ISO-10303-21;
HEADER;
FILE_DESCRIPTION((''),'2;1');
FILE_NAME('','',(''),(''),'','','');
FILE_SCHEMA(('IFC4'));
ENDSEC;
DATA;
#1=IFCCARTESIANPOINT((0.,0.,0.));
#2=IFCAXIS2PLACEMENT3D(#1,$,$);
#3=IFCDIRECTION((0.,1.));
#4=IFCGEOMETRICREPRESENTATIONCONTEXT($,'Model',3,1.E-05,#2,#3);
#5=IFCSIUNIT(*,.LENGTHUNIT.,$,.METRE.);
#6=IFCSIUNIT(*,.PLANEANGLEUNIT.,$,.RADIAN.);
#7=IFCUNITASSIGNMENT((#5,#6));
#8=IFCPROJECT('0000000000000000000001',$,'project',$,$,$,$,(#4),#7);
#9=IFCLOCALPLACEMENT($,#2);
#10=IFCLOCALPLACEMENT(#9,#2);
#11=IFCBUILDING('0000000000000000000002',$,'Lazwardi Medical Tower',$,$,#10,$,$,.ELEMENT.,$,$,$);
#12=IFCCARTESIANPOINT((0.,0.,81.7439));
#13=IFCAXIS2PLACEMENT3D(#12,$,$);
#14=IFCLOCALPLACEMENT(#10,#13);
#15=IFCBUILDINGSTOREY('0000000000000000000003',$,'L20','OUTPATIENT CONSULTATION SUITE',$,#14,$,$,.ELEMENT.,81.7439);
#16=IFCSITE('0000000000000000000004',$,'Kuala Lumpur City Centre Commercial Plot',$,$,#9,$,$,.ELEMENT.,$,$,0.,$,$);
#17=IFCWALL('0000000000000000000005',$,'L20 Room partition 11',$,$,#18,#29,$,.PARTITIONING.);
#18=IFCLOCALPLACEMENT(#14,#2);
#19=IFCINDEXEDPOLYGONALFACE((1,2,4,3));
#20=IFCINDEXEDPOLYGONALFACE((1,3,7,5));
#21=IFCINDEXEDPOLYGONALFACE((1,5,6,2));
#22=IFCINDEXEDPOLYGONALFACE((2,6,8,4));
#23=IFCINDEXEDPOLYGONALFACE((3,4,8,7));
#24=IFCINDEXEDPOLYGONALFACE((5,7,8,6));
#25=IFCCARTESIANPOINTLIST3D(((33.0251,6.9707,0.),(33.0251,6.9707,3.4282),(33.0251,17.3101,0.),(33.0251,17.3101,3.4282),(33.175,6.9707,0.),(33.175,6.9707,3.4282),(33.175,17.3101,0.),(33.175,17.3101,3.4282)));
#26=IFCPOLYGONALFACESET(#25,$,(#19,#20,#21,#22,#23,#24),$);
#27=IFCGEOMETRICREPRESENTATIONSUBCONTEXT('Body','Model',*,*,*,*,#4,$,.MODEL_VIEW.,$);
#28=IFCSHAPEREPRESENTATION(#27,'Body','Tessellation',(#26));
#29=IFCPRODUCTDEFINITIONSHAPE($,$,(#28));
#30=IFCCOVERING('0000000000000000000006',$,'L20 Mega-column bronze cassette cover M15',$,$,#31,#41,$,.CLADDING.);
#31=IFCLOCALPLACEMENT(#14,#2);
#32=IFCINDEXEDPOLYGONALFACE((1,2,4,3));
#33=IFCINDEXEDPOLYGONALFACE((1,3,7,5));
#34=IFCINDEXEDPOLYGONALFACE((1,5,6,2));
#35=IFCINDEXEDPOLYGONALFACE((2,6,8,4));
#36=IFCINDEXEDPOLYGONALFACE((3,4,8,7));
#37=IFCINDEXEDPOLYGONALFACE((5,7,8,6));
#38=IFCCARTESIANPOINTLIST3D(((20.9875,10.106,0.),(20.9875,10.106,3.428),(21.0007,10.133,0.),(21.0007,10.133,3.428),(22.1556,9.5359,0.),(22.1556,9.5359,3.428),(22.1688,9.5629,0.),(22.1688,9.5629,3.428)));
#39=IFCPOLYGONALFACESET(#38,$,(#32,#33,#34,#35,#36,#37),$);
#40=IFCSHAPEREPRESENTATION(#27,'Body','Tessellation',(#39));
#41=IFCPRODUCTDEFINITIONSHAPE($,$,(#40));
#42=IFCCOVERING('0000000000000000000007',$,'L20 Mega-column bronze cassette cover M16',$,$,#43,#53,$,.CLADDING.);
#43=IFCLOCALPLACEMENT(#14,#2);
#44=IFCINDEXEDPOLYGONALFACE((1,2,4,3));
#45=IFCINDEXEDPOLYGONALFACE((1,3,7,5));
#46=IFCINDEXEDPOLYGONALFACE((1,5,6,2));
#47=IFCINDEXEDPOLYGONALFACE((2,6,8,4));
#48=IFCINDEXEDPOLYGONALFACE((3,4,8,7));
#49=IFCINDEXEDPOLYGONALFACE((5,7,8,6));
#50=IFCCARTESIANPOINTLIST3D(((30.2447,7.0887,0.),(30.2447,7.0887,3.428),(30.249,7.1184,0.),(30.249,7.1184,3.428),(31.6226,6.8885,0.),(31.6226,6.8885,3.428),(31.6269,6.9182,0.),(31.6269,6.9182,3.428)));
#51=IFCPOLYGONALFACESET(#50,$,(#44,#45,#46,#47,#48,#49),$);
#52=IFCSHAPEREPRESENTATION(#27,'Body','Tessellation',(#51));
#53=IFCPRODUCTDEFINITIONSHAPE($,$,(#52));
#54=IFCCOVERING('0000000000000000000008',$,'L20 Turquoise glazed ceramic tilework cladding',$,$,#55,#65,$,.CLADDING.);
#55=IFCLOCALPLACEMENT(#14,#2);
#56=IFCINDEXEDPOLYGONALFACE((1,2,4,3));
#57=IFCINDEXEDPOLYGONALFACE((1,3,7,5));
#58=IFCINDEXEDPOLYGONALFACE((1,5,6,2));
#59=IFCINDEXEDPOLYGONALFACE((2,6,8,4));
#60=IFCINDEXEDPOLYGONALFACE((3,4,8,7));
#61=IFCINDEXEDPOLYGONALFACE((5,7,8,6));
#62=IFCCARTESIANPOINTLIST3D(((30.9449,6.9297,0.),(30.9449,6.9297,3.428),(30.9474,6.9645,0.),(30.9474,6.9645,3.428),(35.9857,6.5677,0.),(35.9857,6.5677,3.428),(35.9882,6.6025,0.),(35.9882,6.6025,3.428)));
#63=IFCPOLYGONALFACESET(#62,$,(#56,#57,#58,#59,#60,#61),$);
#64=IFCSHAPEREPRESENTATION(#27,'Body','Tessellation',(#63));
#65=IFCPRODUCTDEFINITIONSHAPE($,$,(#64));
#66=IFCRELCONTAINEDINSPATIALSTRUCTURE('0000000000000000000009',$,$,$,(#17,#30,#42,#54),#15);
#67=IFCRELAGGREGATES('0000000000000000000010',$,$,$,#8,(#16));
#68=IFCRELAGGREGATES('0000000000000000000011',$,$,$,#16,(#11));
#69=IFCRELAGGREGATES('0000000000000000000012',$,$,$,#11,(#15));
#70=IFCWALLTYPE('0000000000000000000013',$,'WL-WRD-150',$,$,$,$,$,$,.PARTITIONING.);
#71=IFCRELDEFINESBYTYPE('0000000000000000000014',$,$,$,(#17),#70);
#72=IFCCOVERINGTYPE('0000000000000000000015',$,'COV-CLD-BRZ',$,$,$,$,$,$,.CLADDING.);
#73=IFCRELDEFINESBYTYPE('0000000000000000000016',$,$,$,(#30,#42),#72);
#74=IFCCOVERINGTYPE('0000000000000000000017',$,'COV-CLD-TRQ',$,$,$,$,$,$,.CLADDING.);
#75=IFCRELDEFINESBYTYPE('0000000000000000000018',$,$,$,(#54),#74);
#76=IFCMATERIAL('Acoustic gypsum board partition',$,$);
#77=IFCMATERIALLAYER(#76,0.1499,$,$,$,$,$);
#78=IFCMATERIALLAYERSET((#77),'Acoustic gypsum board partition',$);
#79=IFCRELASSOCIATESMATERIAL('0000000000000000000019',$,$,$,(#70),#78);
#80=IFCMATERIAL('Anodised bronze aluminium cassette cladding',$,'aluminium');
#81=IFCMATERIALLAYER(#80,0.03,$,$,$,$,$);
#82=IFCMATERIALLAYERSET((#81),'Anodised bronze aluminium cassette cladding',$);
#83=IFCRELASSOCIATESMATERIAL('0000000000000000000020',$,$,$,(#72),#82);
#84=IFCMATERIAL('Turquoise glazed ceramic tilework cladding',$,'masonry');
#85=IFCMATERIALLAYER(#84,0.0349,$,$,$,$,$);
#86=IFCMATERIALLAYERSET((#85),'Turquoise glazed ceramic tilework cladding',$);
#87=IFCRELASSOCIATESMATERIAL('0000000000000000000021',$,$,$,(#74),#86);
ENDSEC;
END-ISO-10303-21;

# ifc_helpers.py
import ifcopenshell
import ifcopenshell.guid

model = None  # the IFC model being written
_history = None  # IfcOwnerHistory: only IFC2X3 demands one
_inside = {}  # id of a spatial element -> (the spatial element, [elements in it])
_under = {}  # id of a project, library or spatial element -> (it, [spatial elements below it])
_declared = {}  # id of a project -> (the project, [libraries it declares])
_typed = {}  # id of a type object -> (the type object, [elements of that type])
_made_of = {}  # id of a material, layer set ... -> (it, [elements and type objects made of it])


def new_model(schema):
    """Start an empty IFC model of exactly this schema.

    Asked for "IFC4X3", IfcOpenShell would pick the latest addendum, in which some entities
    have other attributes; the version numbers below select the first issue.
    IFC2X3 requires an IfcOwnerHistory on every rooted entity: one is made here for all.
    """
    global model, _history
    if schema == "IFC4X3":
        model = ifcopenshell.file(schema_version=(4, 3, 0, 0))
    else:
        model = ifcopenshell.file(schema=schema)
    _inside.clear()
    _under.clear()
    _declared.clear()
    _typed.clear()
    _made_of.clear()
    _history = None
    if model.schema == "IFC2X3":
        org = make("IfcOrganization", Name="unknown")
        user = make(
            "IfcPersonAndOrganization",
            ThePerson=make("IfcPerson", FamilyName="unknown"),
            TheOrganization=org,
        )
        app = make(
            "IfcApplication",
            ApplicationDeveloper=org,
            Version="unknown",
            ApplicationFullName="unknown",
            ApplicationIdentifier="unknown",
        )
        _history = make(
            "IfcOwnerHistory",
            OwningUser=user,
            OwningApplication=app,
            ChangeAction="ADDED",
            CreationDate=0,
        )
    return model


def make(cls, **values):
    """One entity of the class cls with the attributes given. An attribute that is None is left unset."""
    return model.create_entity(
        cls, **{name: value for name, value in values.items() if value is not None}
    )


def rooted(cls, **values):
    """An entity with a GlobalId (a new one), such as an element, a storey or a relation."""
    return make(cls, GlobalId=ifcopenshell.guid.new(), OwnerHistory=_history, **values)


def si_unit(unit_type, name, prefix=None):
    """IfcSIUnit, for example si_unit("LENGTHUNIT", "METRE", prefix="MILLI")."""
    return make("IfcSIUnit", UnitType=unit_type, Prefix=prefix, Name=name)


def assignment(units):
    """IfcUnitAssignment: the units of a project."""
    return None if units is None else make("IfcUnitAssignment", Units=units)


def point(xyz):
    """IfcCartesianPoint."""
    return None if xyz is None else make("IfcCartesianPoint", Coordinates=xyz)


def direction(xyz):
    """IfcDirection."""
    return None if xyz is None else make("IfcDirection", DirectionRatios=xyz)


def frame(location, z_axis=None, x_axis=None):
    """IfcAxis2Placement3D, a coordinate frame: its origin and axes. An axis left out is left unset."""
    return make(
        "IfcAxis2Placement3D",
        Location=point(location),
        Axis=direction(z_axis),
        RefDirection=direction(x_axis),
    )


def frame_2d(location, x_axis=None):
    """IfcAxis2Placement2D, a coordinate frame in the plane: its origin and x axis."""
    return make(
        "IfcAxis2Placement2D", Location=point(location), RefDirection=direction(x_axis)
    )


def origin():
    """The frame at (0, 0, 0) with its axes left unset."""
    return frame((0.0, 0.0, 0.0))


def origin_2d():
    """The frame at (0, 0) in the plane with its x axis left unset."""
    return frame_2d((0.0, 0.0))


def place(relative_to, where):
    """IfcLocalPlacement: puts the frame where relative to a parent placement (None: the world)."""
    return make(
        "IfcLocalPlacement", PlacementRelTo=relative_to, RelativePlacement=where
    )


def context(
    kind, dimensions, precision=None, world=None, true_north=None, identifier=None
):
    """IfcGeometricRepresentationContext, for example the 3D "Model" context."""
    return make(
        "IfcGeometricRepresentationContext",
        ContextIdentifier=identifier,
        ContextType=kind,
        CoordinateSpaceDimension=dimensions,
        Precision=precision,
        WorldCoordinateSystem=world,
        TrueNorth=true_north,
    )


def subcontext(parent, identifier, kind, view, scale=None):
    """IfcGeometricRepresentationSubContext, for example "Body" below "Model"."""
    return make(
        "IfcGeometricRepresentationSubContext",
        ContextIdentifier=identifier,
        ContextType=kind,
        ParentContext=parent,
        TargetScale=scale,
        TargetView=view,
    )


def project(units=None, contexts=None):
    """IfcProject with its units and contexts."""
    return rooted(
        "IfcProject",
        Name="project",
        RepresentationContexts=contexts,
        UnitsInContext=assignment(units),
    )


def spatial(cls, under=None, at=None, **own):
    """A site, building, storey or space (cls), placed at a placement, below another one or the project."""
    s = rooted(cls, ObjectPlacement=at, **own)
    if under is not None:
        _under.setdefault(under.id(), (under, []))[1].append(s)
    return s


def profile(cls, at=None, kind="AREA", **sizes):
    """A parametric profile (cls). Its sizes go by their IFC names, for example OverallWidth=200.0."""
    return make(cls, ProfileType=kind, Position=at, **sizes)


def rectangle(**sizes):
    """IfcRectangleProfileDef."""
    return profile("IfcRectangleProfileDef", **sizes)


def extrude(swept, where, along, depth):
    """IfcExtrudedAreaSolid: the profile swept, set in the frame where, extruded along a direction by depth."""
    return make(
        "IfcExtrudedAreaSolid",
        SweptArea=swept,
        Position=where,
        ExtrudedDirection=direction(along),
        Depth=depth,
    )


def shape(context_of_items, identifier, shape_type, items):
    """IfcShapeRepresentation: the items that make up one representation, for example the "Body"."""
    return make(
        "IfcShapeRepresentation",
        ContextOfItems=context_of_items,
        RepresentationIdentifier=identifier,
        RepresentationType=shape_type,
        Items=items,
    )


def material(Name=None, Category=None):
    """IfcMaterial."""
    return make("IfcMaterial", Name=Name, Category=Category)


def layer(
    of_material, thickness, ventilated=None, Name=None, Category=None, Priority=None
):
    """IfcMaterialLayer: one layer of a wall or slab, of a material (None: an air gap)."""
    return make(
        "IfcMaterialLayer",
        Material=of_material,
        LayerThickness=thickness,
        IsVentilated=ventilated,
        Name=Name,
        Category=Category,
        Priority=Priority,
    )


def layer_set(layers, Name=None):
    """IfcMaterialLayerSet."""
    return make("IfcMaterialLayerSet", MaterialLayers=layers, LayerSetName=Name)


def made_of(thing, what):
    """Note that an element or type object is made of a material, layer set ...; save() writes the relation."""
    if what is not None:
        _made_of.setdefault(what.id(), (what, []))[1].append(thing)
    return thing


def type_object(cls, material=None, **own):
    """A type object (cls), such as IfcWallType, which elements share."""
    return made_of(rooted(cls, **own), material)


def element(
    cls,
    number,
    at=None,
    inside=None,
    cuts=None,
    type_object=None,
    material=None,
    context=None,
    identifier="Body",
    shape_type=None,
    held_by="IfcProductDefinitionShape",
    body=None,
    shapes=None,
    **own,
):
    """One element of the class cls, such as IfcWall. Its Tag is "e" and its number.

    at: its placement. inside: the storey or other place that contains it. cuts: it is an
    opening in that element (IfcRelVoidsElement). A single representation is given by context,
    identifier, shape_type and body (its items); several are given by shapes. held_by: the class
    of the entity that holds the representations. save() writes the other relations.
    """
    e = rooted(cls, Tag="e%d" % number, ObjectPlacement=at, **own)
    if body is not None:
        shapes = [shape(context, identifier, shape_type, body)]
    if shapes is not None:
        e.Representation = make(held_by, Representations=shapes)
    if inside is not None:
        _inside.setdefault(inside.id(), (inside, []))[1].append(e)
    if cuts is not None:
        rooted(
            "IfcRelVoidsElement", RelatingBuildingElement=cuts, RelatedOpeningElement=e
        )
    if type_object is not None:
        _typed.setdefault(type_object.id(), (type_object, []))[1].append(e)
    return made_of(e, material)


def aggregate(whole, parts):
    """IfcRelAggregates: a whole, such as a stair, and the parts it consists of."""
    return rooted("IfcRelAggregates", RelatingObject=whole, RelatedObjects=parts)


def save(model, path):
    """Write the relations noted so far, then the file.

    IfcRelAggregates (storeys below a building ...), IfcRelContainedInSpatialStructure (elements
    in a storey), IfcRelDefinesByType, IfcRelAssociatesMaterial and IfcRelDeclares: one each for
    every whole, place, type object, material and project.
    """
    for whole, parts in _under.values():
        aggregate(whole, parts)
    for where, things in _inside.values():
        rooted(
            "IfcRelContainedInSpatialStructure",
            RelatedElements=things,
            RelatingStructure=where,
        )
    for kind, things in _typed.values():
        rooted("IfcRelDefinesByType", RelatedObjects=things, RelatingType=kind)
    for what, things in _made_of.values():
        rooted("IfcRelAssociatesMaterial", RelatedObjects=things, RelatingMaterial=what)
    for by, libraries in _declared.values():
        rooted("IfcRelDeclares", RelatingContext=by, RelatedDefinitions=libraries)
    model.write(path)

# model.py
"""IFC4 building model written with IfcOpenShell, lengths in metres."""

from ifc_helpers import new_model, si_unit, direction, frame, frame_2d, origin, origin_2d, place, context, subcontext, project, spatial, rectangle, extrude, material, layer, layer_set, type_object, element, save


model = new_model("IFC4")

# Units and contexts
model_context = context("Model", 3, precision=1e-05, world=origin(), true_north=direction((0.0, 1.0)))
body_context = subcontext(model_context, "Body", "Model", "MODEL_VIEW")
ifc_project = project(units=[si_unit("LENGTHUNIT", "METRE"), si_unit("PLANEANGLEUNIT", "RADIAN")], contexts=[model_context])

# Site, building, storey
site_placement = place(None, origin())
site = spatial("IfcSite", under=ifc_project, at=site_placement, Name="Kuala Lumpur City Centre Commercial Plot", CompositionType="ELEMENT", RefElevation=0.0)
building_placement = place(site_placement, origin())
building = spatial("IfcBuilding", under=site, at=building_placement, Name="Lazwardi Medical Tower", CompositionType="ELEMENT")
storey_placement = place(building_placement, frame((0.0, 0.0, 81.7439)))
storey = spatial("IfcBuildingStorey", under=building, at=storey_placement, Name="L20", Description="OUTPATIENT CONSULTATION SUITE", CompositionType="ELEMENT", Elevation=81.7439)

# Wall
ifc_material_1 = material(Name="Acoustic gypsum board partition")
ifc_layer_1 = layer(ifc_material_1, 0.1499)
ifc_layer_set_1 = layer_set([ifc_layer_1], Name="Acoustic gypsum board partition")
wall_type_1 = type_object("IfcWallType", Name="WL-WRD-150", PredefinedType="PARTITIONING", material=ifc_layer_set_1)
wall_1_placement = place(storey_placement, frame((33.1001, 6.9707, 0.0), z_axis=(0.0, 0.0, 1.0), x_axis=(0.0, 1.0, 0.0)))
element("IfcWall", 1, at=wall_1_placement, inside=storey, type_object=wall_type_1, Name="L20 Room partition 11", PredefinedType="PARTITIONING", context=body_context, shape_type="SweptSolid", body=[
    extrude(rectangle(XDim=10.3394, YDim=0.1499, at=frame_2d((5.1697, 0.0))), origin(), (0.0, 0.0, 1.0), 3.4282),
])

# Coverings
ifc_material_2 = material(Name="Anodised bronze aluminium cassette cladding", Category="aluminium")
ifc_layer_2 = layer(ifc_material_2, 0.03)
ifc_layer_set_2 = layer_set([ifc_layer_2], Name="Anodised bronze aluminium cassette cladding")
covering_type_1 = type_object("IfcCoveringType", Name="COV-CLD-BRZ", PredefinedType="CLADDING", material=ifc_layer_set_2)
covering_1_placement = place(storey_placement, frame((21.5781, 9.8345, 0.0), z_axis=(0.0, 0.0, 1.0), x_axis=(0.898679, -0.438606, 0.0)))
element("IfcCovering", 2, at=covering_1_placement, inside=storey, type_object=covering_type_1, Name="L20 Mega-column bronze cassette cover M15", PredefinedType="CLADDING", context=body_context, shape_type="SweptSolid", body=[
    extrude(rectangle(XDim=1.2998, YDim=0.03, at=origin_2d()), origin(), (0.0, 0.0, 1.0), 3.428),
])
covering_2_placement = place(storey_placement, frame((30.9358, 7.0034, 0.0), z_axis=(0.0, 0.0, 1.0), x_axis=(0.989609, -0.143785, 0.0)))
element("IfcCovering", 3, at=covering_2_placement, inside=storey, type_object=covering_type_1, Name="L20 Mega-column bronze cassette cover M16", PredefinedType="CLADDING", context=body_context, shape_type="SweptSolid", body=[
    extrude(rectangle(XDim=1.3923, YDim=0.03, at=origin_2d()), origin(), (0.0, 0.0, 1.0), 3.428),
])
ifc_material_3 = material(Name="Turquoise glazed ceramic tilework cladding", Category="masonry")
ifc_layer_3 = layer(ifc_material_3, 0.0349)
ifc_layer_set_3 = layer_set([ifc_layer_3], Name="Turquoise glazed ceramic tilework cladding")
covering_type_2 = type_object("IfcCoveringType", Name="COV-CLD-TRQ", PredefinedType="CLADDING", material=ifc_layer_set_3)
covering_3_placement = place(storey_placement, frame((33.4666, 6.7661, 0.0), z_axis=(0.0, 0.0, 1.0), x_axis=(0.997431, -0.071631, 0.0)))
element("IfcCovering", 4, at=covering_3_placement, inside=storey, type_object=covering_type_2, Name="L20 Turquoise glazed ceramic tilework cladding", PredefinedType="CLADDING", context=body_context, shape_type="SweptSolid", body=[
    extrude(rectangle(XDim=5.0537, YDim=0.0349, at=origin_2d()), origin(), (0.0, 0.0, 1.0), 3.428),
])

save(model, "model.ifc")
